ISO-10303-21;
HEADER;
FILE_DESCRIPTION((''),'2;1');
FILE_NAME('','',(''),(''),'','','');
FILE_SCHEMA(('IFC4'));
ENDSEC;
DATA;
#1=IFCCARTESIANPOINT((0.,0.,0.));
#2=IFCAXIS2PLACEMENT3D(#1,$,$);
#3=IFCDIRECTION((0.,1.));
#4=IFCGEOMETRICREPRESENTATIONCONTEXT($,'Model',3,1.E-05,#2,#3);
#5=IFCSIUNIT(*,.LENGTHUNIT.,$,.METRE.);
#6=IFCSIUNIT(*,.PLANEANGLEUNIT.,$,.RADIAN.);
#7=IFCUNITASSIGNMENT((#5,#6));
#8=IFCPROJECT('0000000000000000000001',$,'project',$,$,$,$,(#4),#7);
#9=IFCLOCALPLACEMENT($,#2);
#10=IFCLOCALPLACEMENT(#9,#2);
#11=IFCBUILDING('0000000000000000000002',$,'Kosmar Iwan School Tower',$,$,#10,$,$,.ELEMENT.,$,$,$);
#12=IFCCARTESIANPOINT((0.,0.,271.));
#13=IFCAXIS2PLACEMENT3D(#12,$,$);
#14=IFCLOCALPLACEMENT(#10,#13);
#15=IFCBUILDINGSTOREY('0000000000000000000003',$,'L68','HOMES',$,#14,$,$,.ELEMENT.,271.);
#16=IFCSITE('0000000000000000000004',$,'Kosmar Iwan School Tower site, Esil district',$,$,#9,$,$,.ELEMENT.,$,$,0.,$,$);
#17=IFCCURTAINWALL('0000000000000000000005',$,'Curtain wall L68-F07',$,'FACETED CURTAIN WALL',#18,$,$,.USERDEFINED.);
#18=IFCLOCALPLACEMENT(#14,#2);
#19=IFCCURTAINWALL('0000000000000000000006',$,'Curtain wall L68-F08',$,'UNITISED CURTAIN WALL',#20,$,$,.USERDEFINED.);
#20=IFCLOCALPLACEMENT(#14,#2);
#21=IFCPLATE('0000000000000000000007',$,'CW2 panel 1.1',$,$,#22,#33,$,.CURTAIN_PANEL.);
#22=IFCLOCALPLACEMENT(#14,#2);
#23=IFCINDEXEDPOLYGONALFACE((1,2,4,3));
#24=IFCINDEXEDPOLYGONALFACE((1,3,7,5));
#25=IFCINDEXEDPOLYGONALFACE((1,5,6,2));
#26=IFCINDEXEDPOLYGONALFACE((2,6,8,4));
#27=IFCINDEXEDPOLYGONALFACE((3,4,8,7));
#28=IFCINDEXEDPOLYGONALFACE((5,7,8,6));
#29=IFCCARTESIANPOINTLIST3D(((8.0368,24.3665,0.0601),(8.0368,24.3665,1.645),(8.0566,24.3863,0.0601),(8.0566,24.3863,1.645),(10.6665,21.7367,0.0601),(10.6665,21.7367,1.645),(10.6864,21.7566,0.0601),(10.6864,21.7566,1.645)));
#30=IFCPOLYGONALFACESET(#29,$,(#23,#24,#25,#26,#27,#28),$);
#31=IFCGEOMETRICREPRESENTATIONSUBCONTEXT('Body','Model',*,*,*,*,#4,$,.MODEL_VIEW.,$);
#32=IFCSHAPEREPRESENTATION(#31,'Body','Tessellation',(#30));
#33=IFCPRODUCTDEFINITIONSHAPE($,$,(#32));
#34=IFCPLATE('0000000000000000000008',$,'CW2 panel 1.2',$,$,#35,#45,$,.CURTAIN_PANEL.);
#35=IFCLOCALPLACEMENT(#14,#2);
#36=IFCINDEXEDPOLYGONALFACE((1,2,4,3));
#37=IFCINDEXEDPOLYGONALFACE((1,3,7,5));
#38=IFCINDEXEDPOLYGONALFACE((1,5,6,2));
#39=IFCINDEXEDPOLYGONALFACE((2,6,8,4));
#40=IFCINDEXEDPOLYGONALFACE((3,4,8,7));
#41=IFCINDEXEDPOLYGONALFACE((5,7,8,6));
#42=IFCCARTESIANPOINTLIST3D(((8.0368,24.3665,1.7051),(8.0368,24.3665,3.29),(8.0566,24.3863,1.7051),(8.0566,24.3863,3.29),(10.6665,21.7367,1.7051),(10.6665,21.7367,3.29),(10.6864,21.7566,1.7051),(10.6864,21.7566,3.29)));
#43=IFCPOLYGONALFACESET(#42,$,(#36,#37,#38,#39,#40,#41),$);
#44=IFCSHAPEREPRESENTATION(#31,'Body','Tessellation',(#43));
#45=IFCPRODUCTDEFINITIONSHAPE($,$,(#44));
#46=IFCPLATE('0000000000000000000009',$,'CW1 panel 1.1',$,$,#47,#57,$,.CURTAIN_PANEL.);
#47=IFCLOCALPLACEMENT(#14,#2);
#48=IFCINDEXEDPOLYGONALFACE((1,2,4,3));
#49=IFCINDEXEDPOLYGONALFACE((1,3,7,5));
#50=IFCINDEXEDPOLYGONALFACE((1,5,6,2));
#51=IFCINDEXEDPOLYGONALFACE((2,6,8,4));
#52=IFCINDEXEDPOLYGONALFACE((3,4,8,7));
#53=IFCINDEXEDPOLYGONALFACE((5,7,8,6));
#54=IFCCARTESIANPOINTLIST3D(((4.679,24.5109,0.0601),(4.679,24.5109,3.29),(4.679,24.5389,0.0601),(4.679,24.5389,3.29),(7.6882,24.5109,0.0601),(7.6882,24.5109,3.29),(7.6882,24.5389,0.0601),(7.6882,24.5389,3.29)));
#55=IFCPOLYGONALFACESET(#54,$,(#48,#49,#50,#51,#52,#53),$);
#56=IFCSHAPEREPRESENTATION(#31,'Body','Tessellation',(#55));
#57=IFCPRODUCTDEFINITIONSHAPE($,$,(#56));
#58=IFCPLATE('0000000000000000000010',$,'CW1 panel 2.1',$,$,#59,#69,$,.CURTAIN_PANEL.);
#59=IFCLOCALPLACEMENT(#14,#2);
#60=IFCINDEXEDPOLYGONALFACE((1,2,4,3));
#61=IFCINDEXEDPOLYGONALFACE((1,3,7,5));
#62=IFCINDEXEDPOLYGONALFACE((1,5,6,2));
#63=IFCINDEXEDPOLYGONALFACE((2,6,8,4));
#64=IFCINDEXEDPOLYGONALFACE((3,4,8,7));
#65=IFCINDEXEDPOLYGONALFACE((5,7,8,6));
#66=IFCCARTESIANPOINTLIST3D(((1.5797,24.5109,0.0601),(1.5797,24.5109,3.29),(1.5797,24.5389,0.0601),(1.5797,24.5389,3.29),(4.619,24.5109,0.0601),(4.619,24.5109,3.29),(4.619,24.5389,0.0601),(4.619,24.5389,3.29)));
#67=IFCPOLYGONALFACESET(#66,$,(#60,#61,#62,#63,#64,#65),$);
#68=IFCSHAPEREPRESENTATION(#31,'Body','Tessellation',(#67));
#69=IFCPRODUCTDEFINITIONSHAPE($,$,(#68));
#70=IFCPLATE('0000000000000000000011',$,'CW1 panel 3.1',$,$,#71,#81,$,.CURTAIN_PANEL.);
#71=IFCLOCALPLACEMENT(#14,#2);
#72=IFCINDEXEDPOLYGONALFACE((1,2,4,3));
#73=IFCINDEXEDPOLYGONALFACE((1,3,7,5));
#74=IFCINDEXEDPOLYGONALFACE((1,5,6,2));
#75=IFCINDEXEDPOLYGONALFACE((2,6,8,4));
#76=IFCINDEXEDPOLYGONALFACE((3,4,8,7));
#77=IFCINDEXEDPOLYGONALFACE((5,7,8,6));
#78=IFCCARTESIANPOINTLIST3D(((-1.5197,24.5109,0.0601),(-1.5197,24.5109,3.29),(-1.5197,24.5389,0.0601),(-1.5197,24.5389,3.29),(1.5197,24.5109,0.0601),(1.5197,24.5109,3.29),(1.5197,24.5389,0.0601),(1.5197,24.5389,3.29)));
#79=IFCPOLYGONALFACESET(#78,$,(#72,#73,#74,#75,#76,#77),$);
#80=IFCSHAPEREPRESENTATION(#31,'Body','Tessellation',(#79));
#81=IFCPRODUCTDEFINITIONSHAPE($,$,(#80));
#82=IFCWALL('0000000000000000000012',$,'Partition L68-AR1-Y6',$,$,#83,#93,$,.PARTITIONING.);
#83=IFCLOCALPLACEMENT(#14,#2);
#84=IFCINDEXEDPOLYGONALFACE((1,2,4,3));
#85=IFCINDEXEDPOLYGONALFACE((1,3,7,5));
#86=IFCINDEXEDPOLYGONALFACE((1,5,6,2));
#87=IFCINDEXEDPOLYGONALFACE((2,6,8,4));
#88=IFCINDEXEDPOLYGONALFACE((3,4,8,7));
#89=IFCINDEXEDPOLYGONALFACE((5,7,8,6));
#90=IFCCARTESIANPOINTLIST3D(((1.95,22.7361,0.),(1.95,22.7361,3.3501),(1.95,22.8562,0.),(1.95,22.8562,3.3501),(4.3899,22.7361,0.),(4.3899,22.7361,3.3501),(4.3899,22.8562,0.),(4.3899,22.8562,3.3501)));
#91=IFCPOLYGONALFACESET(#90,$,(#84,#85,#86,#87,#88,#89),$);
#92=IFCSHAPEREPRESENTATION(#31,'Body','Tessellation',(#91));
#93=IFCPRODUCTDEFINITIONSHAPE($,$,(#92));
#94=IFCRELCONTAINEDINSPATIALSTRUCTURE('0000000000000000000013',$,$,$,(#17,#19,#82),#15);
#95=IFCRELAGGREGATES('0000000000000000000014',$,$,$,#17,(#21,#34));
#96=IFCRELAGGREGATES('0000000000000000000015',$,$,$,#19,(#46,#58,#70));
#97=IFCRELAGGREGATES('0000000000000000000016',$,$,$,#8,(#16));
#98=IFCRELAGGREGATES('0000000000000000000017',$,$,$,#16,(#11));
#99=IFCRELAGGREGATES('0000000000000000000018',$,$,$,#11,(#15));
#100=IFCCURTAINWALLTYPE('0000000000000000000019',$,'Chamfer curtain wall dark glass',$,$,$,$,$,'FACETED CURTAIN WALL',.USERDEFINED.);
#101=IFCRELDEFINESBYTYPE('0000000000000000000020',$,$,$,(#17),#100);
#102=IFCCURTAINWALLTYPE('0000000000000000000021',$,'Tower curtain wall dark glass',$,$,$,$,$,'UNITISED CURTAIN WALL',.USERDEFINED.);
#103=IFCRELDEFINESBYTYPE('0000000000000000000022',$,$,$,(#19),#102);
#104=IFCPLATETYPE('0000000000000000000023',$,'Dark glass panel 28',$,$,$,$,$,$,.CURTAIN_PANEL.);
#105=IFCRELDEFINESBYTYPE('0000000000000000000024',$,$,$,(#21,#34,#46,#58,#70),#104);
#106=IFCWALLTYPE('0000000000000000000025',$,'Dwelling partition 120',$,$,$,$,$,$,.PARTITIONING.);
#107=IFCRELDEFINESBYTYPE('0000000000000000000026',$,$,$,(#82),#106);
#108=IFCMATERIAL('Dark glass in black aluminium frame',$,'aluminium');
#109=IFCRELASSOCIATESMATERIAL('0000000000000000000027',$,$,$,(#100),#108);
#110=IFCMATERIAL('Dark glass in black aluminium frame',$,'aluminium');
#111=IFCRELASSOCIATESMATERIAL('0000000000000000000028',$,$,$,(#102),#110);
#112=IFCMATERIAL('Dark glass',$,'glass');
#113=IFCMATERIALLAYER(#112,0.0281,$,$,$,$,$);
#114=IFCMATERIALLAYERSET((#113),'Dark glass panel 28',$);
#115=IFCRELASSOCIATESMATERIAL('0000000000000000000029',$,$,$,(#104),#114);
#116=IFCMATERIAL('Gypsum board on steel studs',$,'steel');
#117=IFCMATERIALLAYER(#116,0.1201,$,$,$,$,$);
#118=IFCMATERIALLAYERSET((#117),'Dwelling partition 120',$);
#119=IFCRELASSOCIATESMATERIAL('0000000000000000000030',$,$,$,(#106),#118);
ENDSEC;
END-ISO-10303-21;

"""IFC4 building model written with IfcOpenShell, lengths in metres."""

from ifc_helpers import new_model, si_unit, direction, frame, frame_2d, origin, origin_2d, place, context, subcontext, project, spatial, rectangle, extrude, material, layer, layer_set, type_object, element, aggregate, save


model = new_model("IFC4")

# Units and contexts
model_context = context("Model", 3, precision=1e-05, world=origin(), true_north=direction((0.0, 1.0)))
body_context = subcontext(model_context, "Body", "Model", "MODEL_VIEW")
ifc_project = project(units=[si_unit("LENGTHUNIT", "METRE"), si_unit("PLANEANGLEUNIT", "RADIAN")], contexts=[model_context])

# Site, building, storey
site_placement = place(None, origin())
site = spatial("IfcSite", under=ifc_project, at=site_placement, Name="Kosmar Iwan School Tower site, Esil district", CompositionType="ELEMENT", RefElevation=0.0)
building_placement = place(site_placement, origin())
building = spatial("IfcBuilding", under=site, at=building_placement, Name="Kosmar Iwan School Tower", CompositionType="ELEMENT")
storey_placement = place(building_placement, frame((0.0, 0.0, 271.0)))
storey = spatial("IfcBuildingStorey", under=building, at=storey_placement, Name="L68", Description="HOMES", CompositionType="ELEMENT", Elevation=271.0)

# Curtain wall
ifc_material_1 = material(Name="Dark glass in black aluminium frame", Category="aluminium")
curtain_wall_type_1 = type_object("IfcCurtainWallType", Name="Chamfer curtain wall dark glass", ElementType="FACETED CURTAIN WALL", PredefinedType="USERDEFINED", material=ifc_material_1)
curtain_wall_1_placement = place(storey_placement, origin())
curtain_wall_1 = element("IfcCurtainWall", 1, at=curtain_wall_1_placement, inside=storey, type_object=curtain_wall_type_1, Name="Curtain wall L68-F07", ObjectType="FACETED CURTAIN WALL", PredefinedType="USERDEFINED")

# Curtain wall
ifc_material_2 = material(Name="Dark glass in black aluminium frame", Category="aluminium")
curtain_wall_type_2 = type_object("IfcCurtainWallType", Name="Tower curtain wall dark glass", ElementType="UNITISED CURTAIN WALL", PredefinedType="USERDEFINED", material=ifc_material_2)
curtain_wall_2_placement = place(storey_placement, origin())
curtain_wall_2 = element("IfcCurtainWall", 2, at=curtain_wall_2_placement, inside=storey, type_object=curtain_wall_type_2, Name="Curtain wall L68-F08", ObjectType="UNITISED CURTAIN WALL", PredefinedType="USERDEFINED")

# Plates
ifc_material_3 = material(Name="Dark glass", Category="glass")
ifc_layer_1 = layer(ifc_material_3, 0.0281)
ifc_layer_set_1 = layer_set([ifc_layer_1], Name="Dark glass panel 28")
plate_type = type_object("IfcPlateType", Name="Dark glass panel 28", PredefinedType="CURTAIN_PANEL", material=ifc_layer_set_1)
plate_1_placement = place(storey_placement, frame((9.3616, 23.0615, 0.0601), z_axis=(0.0, 0.0, 1.0), x_axis=(-0.707107, 0.707107, 0.0)))
plate_1 = element("IfcPlate", 3, at=plate_1_placement, type_object=plate_type, Name="CW2 panel 1.1", PredefinedType="CURTAIN_PANEL", context=body_context, shape_type="SweptSolid", body=[
    extrude(rectangle(XDim=3.719, YDim=0.0281, at=origin_2d()), origin(), (0.0, 0.0, 1.0), 1.585),
])
plate_2_placement = place(storey_placement, frame((9.3616, 23.0615, 1.7051), z_axis=(0.0, 0.0, 1.0), x_axis=(-0.707107, 0.707107, 0.0)))
plate_2 = element("IfcPlate", 4, at=plate_2_placement, type_object=plate_type, Name="CW2 panel 1.2", PredefinedType="CURTAIN_PANEL", context=body_context, shape_type="SweptSolid", body=[
    extrude(rectangle(XDim=3.719, YDim=0.0281, at=origin_2d()), origin(), (0.0, 0.0, 1.0), 1.585),
])
aggregate(curtain_wall_1, [plate_1, plate_2])
plate_3_placement = place(storey_placement, frame((6.1836, 24.5249, 0.0601), z_axis=(0.0, 0.0, 1.0), x_axis=(-1.0, 0.0, 0.0)))
plate_3 = element("IfcPlate", 5, at=plate_3_placement, type_object=plate_type, Name="CW1 panel 1.1", PredefinedType="CURTAIN_PANEL", context=body_context, shape_type="SweptSolid", body=[
    extrude(rectangle(XDim=3.0093, YDim=0.0281, at=origin_2d()), origin(), (0.0, 0.0, 1.0), 3.23),
])
plate_4_placement = place(storey_placement, frame((3.0994, 24.5249, 0.0601), z_axis=(0.0, 0.0, 1.0), x_axis=(-1.0, 0.0, 0.0)))
plate_4 = element("IfcPlate", 6, at=plate_4_placement, type_object=plate_type, Name="CW1 panel 2.1", PredefinedType="CURTAIN_PANEL", context=body_context, shape_type="SweptSolid", body=[
    extrude(rectangle(XDim=3.0393, YDim=0.0281, at=origin_2d()), origin(), (0.0, 0.0, 1.0), 3.23),
])
plate_5_placement = place(storey_placement, frame((0.0, 24.5249, 0.0601), z_axis=(0.0, 0.0, 1.0), x_axis=(-1.0, 0.0, 0.0)))
plate_5 = element("IfcPlate", 7, at=plate_5_placement, type_object=plate_type, Name="CW1 panel 3.1", PredefinedType="CURTAIN_PANEL", context=body_context, shape_type="SweptSolid", body=[
    extrude(rectangle(XDim=3.0393, YDim=0.0281, at=origin_2d()), origin(), (0.0, 0.0, 1.0), 3.23),
])
aggregate(curtain_wall_2, [plate_3, plate_4, plate_5])

# Wall
ifc_material_4 = material(Name="Gypsum board on steel studs", Category="steel")
ifc_layer_2 = layer(ifc_material_4, 0.1201)
ifc_layer_set_2 = layer_set([ifc_layer_2], Name="Dwelling partition 120")
wall_type = type_object("IfcWallType", Name="Dwelling partition 120", PredefinedType="PARTITIONING", material=ifc_layer_set_2)
wall_placement = place(storey_placement, frame((1.95, 22.7961, 0.0), z_axis=(0.0, 0.0, 1.0), x_axis=(1.0, 0.0, 0.0)))
element("IfcWall", 8, at=wall_placement, inside=storey, type_object=wall_type, Name="Partition L68-AR1-Y6", PredefinedType="PARTITIONING", context=body_context, shape_type="SweptSolid", body=[
    extrude(rectangle(XDim=2.4399, YDim=0.1201, at=frame_2d((1.22, 0.0))), origin(), (0.0, 0.0, 1.0), 3.3501),
])

save(model, "model.ifc")
